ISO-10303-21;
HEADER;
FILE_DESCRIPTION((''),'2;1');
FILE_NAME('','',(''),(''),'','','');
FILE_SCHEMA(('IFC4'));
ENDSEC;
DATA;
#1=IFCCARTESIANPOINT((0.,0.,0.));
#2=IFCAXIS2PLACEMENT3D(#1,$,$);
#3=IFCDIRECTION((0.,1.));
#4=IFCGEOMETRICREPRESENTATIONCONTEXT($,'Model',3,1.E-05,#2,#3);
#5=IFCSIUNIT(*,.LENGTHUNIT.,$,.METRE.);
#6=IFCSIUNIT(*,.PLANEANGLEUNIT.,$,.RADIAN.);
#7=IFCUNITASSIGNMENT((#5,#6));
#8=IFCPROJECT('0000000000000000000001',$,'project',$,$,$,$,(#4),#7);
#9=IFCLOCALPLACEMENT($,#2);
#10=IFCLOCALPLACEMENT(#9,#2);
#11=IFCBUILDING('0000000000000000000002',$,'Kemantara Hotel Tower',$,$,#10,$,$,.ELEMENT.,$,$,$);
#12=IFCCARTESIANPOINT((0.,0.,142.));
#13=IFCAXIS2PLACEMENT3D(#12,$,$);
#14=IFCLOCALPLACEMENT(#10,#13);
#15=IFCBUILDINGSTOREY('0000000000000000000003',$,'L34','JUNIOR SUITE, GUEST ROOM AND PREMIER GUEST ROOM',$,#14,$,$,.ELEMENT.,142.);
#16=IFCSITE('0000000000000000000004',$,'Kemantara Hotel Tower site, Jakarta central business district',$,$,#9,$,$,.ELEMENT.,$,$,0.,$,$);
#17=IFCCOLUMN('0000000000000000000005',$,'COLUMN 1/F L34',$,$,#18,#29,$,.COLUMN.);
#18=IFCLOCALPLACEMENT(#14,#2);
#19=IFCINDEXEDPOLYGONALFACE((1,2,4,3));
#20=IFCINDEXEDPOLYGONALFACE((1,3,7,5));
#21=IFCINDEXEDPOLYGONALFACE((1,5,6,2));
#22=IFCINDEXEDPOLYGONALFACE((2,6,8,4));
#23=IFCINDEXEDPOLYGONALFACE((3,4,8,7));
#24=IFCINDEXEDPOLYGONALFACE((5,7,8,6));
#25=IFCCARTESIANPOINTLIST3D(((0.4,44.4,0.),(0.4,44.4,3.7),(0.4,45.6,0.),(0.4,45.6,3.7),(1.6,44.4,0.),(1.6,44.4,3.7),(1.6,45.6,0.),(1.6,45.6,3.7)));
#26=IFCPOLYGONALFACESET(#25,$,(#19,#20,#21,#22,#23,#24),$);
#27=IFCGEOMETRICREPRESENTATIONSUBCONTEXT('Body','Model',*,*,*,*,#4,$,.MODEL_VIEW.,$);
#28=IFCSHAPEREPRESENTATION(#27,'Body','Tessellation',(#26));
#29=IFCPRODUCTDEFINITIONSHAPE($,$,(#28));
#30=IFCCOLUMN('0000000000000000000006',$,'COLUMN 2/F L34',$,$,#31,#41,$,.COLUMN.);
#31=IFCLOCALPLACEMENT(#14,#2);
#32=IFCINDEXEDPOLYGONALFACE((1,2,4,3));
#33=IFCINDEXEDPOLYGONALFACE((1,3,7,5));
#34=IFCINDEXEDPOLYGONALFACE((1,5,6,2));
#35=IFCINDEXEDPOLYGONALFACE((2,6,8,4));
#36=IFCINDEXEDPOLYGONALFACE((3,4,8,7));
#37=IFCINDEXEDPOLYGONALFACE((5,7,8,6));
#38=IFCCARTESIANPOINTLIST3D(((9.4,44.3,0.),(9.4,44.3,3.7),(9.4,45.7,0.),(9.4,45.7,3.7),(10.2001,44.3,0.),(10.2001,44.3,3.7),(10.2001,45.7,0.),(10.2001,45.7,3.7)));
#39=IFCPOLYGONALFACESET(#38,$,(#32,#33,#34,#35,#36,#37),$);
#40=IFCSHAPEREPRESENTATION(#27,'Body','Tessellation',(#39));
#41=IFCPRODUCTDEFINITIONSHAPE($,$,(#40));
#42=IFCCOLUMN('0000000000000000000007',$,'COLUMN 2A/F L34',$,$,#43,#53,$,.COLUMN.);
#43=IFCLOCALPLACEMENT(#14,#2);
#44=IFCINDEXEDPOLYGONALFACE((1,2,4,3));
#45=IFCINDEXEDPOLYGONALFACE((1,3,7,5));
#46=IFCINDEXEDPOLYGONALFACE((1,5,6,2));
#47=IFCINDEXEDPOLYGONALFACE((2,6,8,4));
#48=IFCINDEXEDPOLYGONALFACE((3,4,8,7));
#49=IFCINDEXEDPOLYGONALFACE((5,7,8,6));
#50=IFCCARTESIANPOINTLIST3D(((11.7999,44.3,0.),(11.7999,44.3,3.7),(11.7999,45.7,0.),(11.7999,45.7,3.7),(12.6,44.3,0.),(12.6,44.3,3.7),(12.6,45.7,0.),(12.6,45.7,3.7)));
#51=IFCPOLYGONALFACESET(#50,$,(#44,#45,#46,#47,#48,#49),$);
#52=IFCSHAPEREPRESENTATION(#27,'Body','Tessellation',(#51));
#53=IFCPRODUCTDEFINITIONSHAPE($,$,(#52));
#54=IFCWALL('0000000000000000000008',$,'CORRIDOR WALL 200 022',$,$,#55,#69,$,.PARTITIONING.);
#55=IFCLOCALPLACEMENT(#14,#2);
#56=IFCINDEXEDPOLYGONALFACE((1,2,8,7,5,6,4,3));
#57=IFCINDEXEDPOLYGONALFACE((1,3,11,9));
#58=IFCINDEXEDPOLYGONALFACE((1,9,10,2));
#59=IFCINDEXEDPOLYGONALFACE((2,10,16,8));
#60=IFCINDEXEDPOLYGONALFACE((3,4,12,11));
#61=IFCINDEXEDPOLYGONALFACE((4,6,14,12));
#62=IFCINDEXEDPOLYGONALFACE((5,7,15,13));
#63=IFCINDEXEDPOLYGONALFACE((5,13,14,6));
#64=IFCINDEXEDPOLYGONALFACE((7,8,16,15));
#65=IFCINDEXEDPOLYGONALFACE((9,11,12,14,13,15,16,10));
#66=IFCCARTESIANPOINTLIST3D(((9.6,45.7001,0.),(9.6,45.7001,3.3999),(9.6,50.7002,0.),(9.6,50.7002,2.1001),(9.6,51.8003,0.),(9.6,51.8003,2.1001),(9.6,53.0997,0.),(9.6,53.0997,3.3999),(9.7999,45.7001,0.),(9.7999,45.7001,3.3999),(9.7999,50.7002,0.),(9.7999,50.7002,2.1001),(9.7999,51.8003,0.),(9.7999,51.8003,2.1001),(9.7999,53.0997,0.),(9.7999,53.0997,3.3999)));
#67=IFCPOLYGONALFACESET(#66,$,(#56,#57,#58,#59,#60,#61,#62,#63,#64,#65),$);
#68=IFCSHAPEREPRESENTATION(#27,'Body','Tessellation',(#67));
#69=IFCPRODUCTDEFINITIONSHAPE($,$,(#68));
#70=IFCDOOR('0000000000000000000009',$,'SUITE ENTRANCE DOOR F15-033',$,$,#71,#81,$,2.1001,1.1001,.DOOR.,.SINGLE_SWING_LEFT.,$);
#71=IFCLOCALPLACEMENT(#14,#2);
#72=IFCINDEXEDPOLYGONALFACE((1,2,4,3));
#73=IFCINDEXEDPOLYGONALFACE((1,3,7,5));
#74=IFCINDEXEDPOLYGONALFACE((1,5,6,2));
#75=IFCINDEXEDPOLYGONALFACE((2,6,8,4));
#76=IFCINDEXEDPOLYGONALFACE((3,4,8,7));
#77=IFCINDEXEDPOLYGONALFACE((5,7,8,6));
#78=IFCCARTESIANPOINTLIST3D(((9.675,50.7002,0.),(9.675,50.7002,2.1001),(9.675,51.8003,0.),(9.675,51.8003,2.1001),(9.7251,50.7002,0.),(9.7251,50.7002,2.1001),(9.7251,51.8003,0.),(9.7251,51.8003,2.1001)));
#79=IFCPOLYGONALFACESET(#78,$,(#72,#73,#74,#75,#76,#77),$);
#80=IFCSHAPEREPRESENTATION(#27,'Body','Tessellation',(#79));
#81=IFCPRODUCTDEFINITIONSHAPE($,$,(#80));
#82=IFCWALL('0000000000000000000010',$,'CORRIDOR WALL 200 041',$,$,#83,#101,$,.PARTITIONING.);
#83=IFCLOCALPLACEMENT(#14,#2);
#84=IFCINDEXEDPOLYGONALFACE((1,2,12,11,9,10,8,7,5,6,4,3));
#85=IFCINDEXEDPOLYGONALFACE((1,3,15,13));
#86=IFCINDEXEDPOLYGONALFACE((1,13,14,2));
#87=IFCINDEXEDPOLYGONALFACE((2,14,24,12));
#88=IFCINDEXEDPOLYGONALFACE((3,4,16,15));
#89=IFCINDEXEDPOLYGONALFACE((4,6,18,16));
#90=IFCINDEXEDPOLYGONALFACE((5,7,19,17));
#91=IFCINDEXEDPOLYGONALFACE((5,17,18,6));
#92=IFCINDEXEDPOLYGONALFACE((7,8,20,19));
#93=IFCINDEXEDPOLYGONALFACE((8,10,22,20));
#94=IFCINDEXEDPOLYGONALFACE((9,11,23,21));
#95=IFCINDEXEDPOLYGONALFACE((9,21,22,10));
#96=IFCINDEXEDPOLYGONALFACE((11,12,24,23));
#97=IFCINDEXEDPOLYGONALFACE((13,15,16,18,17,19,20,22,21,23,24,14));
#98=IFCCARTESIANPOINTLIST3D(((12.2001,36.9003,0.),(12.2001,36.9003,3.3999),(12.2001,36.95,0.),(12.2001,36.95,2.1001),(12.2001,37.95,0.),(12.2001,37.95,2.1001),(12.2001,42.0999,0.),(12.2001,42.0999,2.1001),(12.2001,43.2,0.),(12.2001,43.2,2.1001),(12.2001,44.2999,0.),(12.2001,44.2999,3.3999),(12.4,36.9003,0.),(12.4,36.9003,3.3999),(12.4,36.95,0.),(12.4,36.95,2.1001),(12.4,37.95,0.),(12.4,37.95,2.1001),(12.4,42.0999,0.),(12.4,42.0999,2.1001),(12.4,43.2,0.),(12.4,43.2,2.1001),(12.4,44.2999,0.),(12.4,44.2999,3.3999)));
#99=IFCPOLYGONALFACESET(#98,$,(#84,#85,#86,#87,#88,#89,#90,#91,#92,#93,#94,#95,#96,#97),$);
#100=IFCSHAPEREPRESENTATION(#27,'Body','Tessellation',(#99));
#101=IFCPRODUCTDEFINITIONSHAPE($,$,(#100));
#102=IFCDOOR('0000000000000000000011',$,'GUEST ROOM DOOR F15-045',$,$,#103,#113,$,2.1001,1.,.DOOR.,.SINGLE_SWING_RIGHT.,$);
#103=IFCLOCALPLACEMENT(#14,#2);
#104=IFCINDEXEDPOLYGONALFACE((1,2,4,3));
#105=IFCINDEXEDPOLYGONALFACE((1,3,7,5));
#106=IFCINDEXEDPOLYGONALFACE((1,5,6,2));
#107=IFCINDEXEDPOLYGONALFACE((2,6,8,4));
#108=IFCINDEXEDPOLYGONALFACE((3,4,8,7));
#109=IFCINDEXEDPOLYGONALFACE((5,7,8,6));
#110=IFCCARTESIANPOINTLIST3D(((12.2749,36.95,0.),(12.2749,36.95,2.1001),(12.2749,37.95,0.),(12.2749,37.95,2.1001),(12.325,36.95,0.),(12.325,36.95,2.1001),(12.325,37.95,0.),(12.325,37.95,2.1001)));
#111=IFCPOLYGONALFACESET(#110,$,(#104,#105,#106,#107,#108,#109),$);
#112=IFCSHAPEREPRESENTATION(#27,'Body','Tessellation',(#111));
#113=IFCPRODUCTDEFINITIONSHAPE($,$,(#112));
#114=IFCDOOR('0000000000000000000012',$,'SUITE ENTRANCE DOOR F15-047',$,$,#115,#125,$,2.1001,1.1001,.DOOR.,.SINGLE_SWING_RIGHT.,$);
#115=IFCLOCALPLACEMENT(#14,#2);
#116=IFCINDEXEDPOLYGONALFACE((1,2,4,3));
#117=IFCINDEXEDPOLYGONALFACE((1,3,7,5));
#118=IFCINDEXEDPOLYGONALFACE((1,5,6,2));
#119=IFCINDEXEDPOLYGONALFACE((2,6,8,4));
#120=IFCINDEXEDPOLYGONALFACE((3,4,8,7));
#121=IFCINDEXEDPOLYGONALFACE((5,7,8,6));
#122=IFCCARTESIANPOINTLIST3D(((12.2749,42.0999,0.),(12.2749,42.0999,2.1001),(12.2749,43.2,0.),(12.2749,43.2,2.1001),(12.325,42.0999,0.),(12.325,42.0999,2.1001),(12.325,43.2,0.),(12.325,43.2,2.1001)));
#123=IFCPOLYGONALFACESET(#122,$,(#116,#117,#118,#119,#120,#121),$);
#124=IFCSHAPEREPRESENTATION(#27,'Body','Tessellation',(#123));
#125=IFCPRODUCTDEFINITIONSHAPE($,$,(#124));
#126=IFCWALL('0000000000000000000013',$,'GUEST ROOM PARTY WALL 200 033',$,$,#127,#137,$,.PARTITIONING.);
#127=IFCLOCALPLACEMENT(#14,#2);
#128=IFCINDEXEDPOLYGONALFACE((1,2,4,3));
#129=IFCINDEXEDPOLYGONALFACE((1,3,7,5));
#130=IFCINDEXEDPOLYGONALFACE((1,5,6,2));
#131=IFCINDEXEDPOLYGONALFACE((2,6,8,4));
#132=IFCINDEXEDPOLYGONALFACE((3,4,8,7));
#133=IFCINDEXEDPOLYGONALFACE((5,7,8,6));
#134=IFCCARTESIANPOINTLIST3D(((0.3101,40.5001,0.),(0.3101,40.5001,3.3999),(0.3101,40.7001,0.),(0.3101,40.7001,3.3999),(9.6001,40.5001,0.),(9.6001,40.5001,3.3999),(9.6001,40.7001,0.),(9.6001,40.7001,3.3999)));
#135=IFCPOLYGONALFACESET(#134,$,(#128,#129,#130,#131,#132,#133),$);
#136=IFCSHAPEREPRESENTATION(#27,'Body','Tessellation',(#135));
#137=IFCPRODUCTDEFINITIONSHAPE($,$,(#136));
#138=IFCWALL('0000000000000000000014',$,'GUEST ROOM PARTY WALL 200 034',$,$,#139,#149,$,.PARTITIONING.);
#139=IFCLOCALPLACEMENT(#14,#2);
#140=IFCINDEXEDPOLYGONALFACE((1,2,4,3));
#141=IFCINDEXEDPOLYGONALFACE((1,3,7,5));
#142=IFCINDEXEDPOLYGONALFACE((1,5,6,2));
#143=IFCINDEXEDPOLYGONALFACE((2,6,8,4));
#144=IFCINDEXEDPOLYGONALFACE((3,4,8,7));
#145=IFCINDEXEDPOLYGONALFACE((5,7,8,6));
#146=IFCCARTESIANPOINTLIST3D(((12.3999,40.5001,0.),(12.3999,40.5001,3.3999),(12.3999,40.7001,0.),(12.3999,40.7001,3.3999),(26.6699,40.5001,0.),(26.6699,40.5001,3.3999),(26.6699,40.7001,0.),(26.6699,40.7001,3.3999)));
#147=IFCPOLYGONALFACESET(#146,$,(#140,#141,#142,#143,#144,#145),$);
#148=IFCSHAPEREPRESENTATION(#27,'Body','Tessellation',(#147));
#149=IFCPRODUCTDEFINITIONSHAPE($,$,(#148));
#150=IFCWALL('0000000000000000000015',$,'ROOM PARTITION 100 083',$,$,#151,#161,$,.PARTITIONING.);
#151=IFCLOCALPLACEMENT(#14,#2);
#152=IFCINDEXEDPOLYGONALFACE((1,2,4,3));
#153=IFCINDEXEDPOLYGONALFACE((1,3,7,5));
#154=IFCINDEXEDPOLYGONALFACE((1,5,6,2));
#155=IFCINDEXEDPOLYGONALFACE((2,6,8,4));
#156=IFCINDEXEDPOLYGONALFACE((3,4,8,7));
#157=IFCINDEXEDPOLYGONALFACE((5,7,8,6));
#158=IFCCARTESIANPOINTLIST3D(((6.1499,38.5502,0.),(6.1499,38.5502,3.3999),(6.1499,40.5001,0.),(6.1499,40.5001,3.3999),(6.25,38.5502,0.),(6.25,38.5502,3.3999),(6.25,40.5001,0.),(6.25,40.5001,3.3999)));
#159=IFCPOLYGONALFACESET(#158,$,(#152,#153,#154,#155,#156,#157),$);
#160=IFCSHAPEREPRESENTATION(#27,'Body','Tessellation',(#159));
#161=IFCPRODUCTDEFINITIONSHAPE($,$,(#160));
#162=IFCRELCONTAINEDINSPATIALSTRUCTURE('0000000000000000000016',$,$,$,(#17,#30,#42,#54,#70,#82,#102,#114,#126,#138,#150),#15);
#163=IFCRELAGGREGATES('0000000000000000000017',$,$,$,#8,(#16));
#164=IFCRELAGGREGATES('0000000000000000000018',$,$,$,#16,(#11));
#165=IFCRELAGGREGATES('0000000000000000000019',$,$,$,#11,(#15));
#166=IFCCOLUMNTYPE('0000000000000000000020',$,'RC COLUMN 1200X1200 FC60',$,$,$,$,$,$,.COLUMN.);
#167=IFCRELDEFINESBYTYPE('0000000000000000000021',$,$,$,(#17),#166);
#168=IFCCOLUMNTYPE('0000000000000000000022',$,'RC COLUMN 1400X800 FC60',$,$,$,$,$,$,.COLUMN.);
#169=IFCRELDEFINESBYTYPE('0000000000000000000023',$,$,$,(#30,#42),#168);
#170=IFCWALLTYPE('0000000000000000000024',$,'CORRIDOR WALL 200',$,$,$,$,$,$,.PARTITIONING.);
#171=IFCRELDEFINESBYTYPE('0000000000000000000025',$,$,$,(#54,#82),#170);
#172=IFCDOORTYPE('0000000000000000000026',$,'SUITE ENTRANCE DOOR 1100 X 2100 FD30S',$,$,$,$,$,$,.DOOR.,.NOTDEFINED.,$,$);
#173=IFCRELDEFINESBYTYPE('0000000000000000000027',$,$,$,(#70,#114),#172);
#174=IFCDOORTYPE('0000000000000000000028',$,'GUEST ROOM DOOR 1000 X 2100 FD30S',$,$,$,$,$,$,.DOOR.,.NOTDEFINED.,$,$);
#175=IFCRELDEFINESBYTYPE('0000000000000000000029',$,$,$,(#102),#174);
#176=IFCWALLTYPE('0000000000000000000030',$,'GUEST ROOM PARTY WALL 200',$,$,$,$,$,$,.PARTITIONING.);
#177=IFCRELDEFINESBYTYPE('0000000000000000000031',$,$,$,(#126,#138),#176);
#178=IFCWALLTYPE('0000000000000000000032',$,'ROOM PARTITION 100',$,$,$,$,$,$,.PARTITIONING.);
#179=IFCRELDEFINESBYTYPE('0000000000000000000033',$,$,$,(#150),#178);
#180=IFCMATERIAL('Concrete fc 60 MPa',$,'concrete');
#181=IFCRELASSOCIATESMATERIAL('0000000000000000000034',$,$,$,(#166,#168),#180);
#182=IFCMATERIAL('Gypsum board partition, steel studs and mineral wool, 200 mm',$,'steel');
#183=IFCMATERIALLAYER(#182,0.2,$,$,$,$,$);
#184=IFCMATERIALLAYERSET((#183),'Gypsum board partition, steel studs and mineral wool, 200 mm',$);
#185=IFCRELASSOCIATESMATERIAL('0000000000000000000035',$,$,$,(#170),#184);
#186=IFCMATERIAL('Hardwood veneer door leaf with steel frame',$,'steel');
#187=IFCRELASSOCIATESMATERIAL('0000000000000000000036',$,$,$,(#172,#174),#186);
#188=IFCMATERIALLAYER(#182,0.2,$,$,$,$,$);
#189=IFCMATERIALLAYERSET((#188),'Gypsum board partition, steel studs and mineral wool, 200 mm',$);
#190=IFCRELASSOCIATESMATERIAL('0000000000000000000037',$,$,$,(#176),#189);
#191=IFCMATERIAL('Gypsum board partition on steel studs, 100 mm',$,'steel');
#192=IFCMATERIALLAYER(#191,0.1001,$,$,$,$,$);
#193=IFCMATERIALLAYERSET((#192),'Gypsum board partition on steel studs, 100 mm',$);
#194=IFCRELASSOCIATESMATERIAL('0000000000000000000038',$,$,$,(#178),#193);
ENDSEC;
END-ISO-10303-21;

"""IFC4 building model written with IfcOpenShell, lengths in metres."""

from ifc_helpers import new_model, si_unit, direction, frame, frame_2d, origin, origin_2d, place, context, subcontext, project, spatial, rectangle, extrude, material, layer, layer_set, material_profile, profile_set, type_object, element, fill, save


model = new_model("IFC4")

# Units and contexts
model_context = context("Model", 3, precision=1e-05, world=origin(), true_north=direction((0.0, 1.0)))
body_context = subcontext(model_context, "Body", "Model", "MODEL_VIEW")
ifc_project = project(units=[si_unit("LENGTHUNIT", "METRE"), si_unit("PLANEANGLEUNIT", "RADIAN")], contexts=[model_context])

# Site, building, storey
site_placement = place(None, origin())
site = spatial("IfcSite", under=ifc_project, at=site_placement, Name="Kemantara Hotel Tower site, Jakarta central business district", CompositionType="ELEMENT", RefElevation=0.0)
building_placement = place(site_placement, origin())
building = spatial("IfcBuilding", under=site, at=building_placement, Name="Kemantara Hotel Tower", CompositionType="ELEMENT")
storey_placement = place(building_placement, frame((0.0, 0.0, 142.0)))
storey = spatial("IfcBuildingStorey", under=building, at=storey_placement, Name="L34", Description="JUNIOR SUITE, GUEST ROOM AND PREMIER GUEST ROOM", CompositionType="ELEMENT", Elevation=142.0)

# Columns
ifc_material_1 = material(Name="Concrete fc 60 MPa", Category="concrete")
ifc_material_profile_1 = material_profile(ifc_material_1, rectangle(XDim=1.2, YDim=1.2, at=origin_2d()), Name="RC 1200X1200")
ifc_profile_set_1 = profile_set([ifc_material_profile_1], Name="Concrete fc 60 MPa")
column_type_1 = type_object("IfcColumnType", Name="RC COLUMN 1200X1200 FC60", PredefinedType="COLUMN", material=ifc_profile_set_1)
column_placement = place(storey_placement, frame((1.0, 45.0, 0.0), z_axis=(0.0, 0.0, 1.0), x_axis=(1.0, 0.0, 0.0)))
element("IfcColumn", 1, at=column_placement, inside=storey, type_object=column_type_1, Name="COLUMN 1/F L34", PredefinedType="COLUMN", context=body_context, shape_type="SweptSolid", body=[
    extrude(rectangle(XDim=1.2, YDim=1.2, at=origin_2d()), origin(), (0.0, 0.0, 1.0), 3.7),
])
ifc_material_profile_2 = material_profile(ifc_material_1, rectangle(XDim=1.3999, YDim=0.8, at=origin_2d()), Name="RC 1400X800")
ifc_profile_set_2 = profile_set([ifc_material_profile_2], Name="Concrete fc 60 MPa")
column_type_2 = type_object("IfcColumnType", Name="RC COLUMN 1400X800 FC60", PredefinedType="COLUMN", material=ifc_profile_set_2)
for number, where, z_axis, x_axis, name in (
    (2, (9.8, 45.0, 0.0), (0.0, 0.0, 1.0), (0.0, 1.0, 0.0), "COLUMN 2/F L34"),
    (3, (12.2, 45.0, 0.0), (0.0, 0.0, 1.0), (0.0, 1.0, 0.0), "COLUMN 2A/F L34"),
):
    element("IfcColumn", number, at=place(storey_placement, frame(where, z_axis=z_axis, x_axis=x_axis)), inside=storey, type_object=column_type_2, Name=name, PredefinedType="COLUMN", context=body_context, shape_type="SweptSolid", body=[
        extrude(rectangle(XDim=1.3999, YDim=0.8, at=origin_2d()), origin(), (0.0, 0.0, 1.0), 3.7),
    ])

# Wall, opening, door
ifc_material_2 = material(Name="Gypsum board partition, steel studs and mineral wool, 200 mm", Category="steel")
ifc_layer_1 = layer(ifc_material_2, 0.2)
ifc_layer_set_1 = layer_set([ifc_layer_1], Name="Gypsum board partition, steel studs and mineral wool, 200 mm")
wall_type_1 = type_object("IfcWallType", Name="CORRIDOR WALL 200", PredefinedType="PARTITIONING", material=ifc_layer_set_1)
wall_1_placement = place(storey_placement, frame((9.7, 45.7002, 0.0), z_axis=(0.0, 0.0, 1.0), x_axis=(0.0, 1.0, 0.0)))
wall_1 = element("IfcWall", 4, at=wall_1_placement, inside=storey, type_object=wall_type_1, Name="CORRIDOR WALL 200 022", PredefinedType="PARTITIONING", context=body_context, shape_type="SweptSolid", body=[
    extrude(rectangle(XDim=7.3997, YDim=0.2, at=frame_2d((3.6997, 0.0))), origin(), (0.0, 0.0, 1.0), 3.3999),
])
opening_1_placement = place(wall_1_placement, frame((5.0, 0.0, 0.0)))
opening_1 = element("IfcOpeningElement", 5, at=opening_1_placement, cuts=wall_1, PredefinedType="OPENING", context=body_context, shape_type="SweptSolid", body=[
    extrude(rectangle(XDim=1.1001, YDim=2.1001, at=frame_2d((0.55, 1.05))), frame((0.0, 0.1099, 0.0), z_axis=(0.0, -1.0, 0.0), x_axis=(1.0, 0.0, 0.0)), (0.0, 0.0, 1.0), 0.22),
])
ifc_material_3 = material(Name="Hardwood veneer door leaf with steel frame", Category="steel")
door_type_1 = type_object("IfcDoorType", Name="SUITE ENTRANCE DOOR 1100 X 2100 FD30S", OperationType="NOTDEFINED", PredefinedType="DOOR", material=ifc_material_3)
door_1_placement = place(opening_1_placement, origin())
door_1 = element("IfcDoor", 6, at=door_1_placement, inside=storey, type_object=door_type_1, Name="SUITE ENTRANCE DOOR F15-033", OperationType="SINGLE_SWING_LEFT", OverallHeight=2.1001, OverallWidth=1.1001, PredefinedType="DOOR", context=body_context, shape_type="SweptSolid", body=[
    extrude(rectangle(XDim=1.1001, YDim=2.1001, at=frame_2d((0.55, 1.05))), frame((0.0, 0.0249, 0.0), z_axis=(0.0, -1.0, 0.0), x_axis=(1.0, 0.0, 0.0)), (0.0, 0.0, 1.0), 0.05),
])
fill(opening_1, door_1)

# Wall, openings, doors
wall_2_placement = place(storey_placement, frame((12.3, 44.2998, 0.0), z_axis=(0.0, 0.0, 1.0), x_axis=(0.0, -1.0, 0.0)))
wall_2 = element("IfcWall", 7, at=wall_2_placement, inside=storey, type_object=wall_type_1, Name="CORRIDOR WALL 200 041", PredefinedType="PARTITIONING", context=body_context, shape_type="SweptSolid", body=[
    extrude(rectangle(XDim=7.3997, YDim=0.2, at=frame_2d((3.6997, 0.0))), origin(), (0.0, 0.0, 1.0), 3.3999),
])
opening_2_placement = place(wall_2_placement, frame((6.3499, 0.0, 0.0)))
opening_2 = element("IfcOpeningElement", 8, at=opening_2_placement, cuts=wall_2, PredefinedType="OPENING", context=body_context, shape_type="SweptSolid", body=[
    extrude(rectangle(XDim=1.0, YDim=2.1001, at=frame_2d((0.5, 1.05))), frame((0.0, 0.1099, 0.0), z_axis=(0.0, -1.0, 0.0), x_axis=(1.0, 0.0, 0.0)), (0.0, 0.0, 1.0), 0.22),
])
opening_3_placement = place(wall_2_placement, frame((1.0999, 0.0, 0.0)))
opening_3 = element("IfcOpeningElement", 9, at=opening_3_placement, cuts=wall_2, PredefinedType="OPENING", context=body_context, shape_type="SweptSolid", body=[
    extrude(rectangle(XDim=1.1001, YDim=2.1001, at=frame_2d((0.55, 1.05))), frame((0.0, 0.1099, 0.0), z_axis=(0.0, -1.0, 0.0), x_axis=(1.0, 0.0, 0.0)), (0.0, 0.0, 1.0), 0.22),
])
door_type_2 = type_object("IfcDoorType", Name="GUEST ROOM DOOR 1000 X 2100 FD30S", OperationType="NOTDEFINED", PredefinedType="DOOR", material=ifc_material_3)
door_2_placement = place(opening_2_placement, origin())
door_2 = element("IfcDoor", 10, at=door_2_placement, inside=storey, type_object=door_type_2, Name="GUEST ROOM DOOR F15-045", OperationType="SINGLE_SWING_RIGHT", OverallHeight=2.1001, OverallWidth=1.0, PredefinedType="DOOR", context=body_context, shape_type="SweptSolid", body=[
    extrude(rectangle(XDim=1.0, YDim=2.1001, at=frame_2d((0.5, 1.05))), frame((0.0, 0.0249, 0.0), z_axis=(0.0, -1.0, 0.0), x_axis=(1.0, 0.0, 0.0)), (0.0, 0.0, 1.0), 0.05),
])
fill(opening_2, door_2)
door_3_placement = place(opening_3_placement, origin())
door_3 = element("IfcDoor", 11, at=door_3_placement, inside=storey, type_object=door_type_1, Name="SUITE ENTRANCE DOOR F15-047", OperationType="SINGLE_SWING_RIGHT", OverallHeight=2.1001, OverallWidth=1.1001, PredefinedType="DOOR", context=body_context, shape_type="SweptSolid", body=[
    extrude(rectangle(XDim=1.1001, YDim=2.1001, at=frame_2d((0.55, 1.05))), frame((0.0, 0.0249, 0.0), z_axis=(0.0, -1.0, 0.0), x_axis=(1.0, 0.0, 0.0)), (0.0, 0.0, 1.0), 0.05),
])
fill(opening_3, door_3)

# Walls
ifc_layer_2 = layer(ifc_material_2, 0.2)
ifc_layer_set_2 = layer_set([ifc_layer_2], Name="Gypsum board partition, steel studs and mineral wool, 200 mm")
wall_type_2 = type_object("IfcWallType", Name="GUEST ROOM PARTY WALL 200", PredefinedType="PARTITIONING", material=ifc_layer_set_2)
wall_3_placement = place(storey_placement, frame((0.3101, 40.6001, 0.0), z_axis=(0.0, 0.0, 1.0), x_axis=(1.0, 0.0, 0.0)))
element("IfcWall", 12, at=wall_3_placement, inside=storey, type_object=wall_type_2, Name="GUEST ROOM PARTY WALL 200 033", PredefinedType="PARTITIONING", context=body_context, shape_type="SweptSolid", body=[
    extrude(rectangle(XDim=9.29, YDim=0.2, at=frame_2d((4.645, 0.0))), origin(), (0.0, 0.0, 1.0), 3.3999),
])
wall_4_placement = place(storey_placement, frame((12.3999, 40.6001, 0.0), z_axis=(0.0, 0.0, 1.0), x_axis=(1.0, 0.0, 0.0)))
element("IfcWall", 13, at=wall_4_placement, inside=storey, type_object=wall_type_2, Name="GUEST ROOM PARTY WALL 200 034", PredefinedType="PARTITIONING", context=body_context, shape_type="SweptSolid", body=[
    extrude(rectangle(XDim=14.27, YDim=0.2, at=frame_2d((7.135, 0.0))), origin(), (0.0, 0.0, 1.0), 3.3999),
])
ifc_material_4 = material(Name="Gypsum board partition on steel studs, 100 mm", Category="steel")
ifc_layer_3 = layer(ifc_material_4, 0.1001)
ifc_layer_set_3 = layer_set([ifc_layer_3], Name="Gypsum board partition on steel studs, 100 mm")
wall_type_3 = type_object("IfcWallType", Name="ROOM PARTITION 100", PredefinedType="PARTITIONING", material=ifc_layer_set_3)
wall_5_placement = place(storey_placement, frame((6.2, 38.55, 0.0), z_axis=(0.0, 0.0, 1.0), x_axis=(0.0, 1.0, 0.0)))
element("IfcWall", 14, at=wall_5_placement, inside=storey, type_object=wall_type_3, Name="ROOM PARTITION 100 083", PredefinedType="PARTITIONING", context=body_context, shape_type="SweptSolid", body=[
    extrude(rectangle(XDim=1.95, YDim=0.1001, at=frame_2d((0.9751, 0.0))), origin(), (0.0, 0.0, 1.0), 3.3999),
])

save(model, "model.ifc")
